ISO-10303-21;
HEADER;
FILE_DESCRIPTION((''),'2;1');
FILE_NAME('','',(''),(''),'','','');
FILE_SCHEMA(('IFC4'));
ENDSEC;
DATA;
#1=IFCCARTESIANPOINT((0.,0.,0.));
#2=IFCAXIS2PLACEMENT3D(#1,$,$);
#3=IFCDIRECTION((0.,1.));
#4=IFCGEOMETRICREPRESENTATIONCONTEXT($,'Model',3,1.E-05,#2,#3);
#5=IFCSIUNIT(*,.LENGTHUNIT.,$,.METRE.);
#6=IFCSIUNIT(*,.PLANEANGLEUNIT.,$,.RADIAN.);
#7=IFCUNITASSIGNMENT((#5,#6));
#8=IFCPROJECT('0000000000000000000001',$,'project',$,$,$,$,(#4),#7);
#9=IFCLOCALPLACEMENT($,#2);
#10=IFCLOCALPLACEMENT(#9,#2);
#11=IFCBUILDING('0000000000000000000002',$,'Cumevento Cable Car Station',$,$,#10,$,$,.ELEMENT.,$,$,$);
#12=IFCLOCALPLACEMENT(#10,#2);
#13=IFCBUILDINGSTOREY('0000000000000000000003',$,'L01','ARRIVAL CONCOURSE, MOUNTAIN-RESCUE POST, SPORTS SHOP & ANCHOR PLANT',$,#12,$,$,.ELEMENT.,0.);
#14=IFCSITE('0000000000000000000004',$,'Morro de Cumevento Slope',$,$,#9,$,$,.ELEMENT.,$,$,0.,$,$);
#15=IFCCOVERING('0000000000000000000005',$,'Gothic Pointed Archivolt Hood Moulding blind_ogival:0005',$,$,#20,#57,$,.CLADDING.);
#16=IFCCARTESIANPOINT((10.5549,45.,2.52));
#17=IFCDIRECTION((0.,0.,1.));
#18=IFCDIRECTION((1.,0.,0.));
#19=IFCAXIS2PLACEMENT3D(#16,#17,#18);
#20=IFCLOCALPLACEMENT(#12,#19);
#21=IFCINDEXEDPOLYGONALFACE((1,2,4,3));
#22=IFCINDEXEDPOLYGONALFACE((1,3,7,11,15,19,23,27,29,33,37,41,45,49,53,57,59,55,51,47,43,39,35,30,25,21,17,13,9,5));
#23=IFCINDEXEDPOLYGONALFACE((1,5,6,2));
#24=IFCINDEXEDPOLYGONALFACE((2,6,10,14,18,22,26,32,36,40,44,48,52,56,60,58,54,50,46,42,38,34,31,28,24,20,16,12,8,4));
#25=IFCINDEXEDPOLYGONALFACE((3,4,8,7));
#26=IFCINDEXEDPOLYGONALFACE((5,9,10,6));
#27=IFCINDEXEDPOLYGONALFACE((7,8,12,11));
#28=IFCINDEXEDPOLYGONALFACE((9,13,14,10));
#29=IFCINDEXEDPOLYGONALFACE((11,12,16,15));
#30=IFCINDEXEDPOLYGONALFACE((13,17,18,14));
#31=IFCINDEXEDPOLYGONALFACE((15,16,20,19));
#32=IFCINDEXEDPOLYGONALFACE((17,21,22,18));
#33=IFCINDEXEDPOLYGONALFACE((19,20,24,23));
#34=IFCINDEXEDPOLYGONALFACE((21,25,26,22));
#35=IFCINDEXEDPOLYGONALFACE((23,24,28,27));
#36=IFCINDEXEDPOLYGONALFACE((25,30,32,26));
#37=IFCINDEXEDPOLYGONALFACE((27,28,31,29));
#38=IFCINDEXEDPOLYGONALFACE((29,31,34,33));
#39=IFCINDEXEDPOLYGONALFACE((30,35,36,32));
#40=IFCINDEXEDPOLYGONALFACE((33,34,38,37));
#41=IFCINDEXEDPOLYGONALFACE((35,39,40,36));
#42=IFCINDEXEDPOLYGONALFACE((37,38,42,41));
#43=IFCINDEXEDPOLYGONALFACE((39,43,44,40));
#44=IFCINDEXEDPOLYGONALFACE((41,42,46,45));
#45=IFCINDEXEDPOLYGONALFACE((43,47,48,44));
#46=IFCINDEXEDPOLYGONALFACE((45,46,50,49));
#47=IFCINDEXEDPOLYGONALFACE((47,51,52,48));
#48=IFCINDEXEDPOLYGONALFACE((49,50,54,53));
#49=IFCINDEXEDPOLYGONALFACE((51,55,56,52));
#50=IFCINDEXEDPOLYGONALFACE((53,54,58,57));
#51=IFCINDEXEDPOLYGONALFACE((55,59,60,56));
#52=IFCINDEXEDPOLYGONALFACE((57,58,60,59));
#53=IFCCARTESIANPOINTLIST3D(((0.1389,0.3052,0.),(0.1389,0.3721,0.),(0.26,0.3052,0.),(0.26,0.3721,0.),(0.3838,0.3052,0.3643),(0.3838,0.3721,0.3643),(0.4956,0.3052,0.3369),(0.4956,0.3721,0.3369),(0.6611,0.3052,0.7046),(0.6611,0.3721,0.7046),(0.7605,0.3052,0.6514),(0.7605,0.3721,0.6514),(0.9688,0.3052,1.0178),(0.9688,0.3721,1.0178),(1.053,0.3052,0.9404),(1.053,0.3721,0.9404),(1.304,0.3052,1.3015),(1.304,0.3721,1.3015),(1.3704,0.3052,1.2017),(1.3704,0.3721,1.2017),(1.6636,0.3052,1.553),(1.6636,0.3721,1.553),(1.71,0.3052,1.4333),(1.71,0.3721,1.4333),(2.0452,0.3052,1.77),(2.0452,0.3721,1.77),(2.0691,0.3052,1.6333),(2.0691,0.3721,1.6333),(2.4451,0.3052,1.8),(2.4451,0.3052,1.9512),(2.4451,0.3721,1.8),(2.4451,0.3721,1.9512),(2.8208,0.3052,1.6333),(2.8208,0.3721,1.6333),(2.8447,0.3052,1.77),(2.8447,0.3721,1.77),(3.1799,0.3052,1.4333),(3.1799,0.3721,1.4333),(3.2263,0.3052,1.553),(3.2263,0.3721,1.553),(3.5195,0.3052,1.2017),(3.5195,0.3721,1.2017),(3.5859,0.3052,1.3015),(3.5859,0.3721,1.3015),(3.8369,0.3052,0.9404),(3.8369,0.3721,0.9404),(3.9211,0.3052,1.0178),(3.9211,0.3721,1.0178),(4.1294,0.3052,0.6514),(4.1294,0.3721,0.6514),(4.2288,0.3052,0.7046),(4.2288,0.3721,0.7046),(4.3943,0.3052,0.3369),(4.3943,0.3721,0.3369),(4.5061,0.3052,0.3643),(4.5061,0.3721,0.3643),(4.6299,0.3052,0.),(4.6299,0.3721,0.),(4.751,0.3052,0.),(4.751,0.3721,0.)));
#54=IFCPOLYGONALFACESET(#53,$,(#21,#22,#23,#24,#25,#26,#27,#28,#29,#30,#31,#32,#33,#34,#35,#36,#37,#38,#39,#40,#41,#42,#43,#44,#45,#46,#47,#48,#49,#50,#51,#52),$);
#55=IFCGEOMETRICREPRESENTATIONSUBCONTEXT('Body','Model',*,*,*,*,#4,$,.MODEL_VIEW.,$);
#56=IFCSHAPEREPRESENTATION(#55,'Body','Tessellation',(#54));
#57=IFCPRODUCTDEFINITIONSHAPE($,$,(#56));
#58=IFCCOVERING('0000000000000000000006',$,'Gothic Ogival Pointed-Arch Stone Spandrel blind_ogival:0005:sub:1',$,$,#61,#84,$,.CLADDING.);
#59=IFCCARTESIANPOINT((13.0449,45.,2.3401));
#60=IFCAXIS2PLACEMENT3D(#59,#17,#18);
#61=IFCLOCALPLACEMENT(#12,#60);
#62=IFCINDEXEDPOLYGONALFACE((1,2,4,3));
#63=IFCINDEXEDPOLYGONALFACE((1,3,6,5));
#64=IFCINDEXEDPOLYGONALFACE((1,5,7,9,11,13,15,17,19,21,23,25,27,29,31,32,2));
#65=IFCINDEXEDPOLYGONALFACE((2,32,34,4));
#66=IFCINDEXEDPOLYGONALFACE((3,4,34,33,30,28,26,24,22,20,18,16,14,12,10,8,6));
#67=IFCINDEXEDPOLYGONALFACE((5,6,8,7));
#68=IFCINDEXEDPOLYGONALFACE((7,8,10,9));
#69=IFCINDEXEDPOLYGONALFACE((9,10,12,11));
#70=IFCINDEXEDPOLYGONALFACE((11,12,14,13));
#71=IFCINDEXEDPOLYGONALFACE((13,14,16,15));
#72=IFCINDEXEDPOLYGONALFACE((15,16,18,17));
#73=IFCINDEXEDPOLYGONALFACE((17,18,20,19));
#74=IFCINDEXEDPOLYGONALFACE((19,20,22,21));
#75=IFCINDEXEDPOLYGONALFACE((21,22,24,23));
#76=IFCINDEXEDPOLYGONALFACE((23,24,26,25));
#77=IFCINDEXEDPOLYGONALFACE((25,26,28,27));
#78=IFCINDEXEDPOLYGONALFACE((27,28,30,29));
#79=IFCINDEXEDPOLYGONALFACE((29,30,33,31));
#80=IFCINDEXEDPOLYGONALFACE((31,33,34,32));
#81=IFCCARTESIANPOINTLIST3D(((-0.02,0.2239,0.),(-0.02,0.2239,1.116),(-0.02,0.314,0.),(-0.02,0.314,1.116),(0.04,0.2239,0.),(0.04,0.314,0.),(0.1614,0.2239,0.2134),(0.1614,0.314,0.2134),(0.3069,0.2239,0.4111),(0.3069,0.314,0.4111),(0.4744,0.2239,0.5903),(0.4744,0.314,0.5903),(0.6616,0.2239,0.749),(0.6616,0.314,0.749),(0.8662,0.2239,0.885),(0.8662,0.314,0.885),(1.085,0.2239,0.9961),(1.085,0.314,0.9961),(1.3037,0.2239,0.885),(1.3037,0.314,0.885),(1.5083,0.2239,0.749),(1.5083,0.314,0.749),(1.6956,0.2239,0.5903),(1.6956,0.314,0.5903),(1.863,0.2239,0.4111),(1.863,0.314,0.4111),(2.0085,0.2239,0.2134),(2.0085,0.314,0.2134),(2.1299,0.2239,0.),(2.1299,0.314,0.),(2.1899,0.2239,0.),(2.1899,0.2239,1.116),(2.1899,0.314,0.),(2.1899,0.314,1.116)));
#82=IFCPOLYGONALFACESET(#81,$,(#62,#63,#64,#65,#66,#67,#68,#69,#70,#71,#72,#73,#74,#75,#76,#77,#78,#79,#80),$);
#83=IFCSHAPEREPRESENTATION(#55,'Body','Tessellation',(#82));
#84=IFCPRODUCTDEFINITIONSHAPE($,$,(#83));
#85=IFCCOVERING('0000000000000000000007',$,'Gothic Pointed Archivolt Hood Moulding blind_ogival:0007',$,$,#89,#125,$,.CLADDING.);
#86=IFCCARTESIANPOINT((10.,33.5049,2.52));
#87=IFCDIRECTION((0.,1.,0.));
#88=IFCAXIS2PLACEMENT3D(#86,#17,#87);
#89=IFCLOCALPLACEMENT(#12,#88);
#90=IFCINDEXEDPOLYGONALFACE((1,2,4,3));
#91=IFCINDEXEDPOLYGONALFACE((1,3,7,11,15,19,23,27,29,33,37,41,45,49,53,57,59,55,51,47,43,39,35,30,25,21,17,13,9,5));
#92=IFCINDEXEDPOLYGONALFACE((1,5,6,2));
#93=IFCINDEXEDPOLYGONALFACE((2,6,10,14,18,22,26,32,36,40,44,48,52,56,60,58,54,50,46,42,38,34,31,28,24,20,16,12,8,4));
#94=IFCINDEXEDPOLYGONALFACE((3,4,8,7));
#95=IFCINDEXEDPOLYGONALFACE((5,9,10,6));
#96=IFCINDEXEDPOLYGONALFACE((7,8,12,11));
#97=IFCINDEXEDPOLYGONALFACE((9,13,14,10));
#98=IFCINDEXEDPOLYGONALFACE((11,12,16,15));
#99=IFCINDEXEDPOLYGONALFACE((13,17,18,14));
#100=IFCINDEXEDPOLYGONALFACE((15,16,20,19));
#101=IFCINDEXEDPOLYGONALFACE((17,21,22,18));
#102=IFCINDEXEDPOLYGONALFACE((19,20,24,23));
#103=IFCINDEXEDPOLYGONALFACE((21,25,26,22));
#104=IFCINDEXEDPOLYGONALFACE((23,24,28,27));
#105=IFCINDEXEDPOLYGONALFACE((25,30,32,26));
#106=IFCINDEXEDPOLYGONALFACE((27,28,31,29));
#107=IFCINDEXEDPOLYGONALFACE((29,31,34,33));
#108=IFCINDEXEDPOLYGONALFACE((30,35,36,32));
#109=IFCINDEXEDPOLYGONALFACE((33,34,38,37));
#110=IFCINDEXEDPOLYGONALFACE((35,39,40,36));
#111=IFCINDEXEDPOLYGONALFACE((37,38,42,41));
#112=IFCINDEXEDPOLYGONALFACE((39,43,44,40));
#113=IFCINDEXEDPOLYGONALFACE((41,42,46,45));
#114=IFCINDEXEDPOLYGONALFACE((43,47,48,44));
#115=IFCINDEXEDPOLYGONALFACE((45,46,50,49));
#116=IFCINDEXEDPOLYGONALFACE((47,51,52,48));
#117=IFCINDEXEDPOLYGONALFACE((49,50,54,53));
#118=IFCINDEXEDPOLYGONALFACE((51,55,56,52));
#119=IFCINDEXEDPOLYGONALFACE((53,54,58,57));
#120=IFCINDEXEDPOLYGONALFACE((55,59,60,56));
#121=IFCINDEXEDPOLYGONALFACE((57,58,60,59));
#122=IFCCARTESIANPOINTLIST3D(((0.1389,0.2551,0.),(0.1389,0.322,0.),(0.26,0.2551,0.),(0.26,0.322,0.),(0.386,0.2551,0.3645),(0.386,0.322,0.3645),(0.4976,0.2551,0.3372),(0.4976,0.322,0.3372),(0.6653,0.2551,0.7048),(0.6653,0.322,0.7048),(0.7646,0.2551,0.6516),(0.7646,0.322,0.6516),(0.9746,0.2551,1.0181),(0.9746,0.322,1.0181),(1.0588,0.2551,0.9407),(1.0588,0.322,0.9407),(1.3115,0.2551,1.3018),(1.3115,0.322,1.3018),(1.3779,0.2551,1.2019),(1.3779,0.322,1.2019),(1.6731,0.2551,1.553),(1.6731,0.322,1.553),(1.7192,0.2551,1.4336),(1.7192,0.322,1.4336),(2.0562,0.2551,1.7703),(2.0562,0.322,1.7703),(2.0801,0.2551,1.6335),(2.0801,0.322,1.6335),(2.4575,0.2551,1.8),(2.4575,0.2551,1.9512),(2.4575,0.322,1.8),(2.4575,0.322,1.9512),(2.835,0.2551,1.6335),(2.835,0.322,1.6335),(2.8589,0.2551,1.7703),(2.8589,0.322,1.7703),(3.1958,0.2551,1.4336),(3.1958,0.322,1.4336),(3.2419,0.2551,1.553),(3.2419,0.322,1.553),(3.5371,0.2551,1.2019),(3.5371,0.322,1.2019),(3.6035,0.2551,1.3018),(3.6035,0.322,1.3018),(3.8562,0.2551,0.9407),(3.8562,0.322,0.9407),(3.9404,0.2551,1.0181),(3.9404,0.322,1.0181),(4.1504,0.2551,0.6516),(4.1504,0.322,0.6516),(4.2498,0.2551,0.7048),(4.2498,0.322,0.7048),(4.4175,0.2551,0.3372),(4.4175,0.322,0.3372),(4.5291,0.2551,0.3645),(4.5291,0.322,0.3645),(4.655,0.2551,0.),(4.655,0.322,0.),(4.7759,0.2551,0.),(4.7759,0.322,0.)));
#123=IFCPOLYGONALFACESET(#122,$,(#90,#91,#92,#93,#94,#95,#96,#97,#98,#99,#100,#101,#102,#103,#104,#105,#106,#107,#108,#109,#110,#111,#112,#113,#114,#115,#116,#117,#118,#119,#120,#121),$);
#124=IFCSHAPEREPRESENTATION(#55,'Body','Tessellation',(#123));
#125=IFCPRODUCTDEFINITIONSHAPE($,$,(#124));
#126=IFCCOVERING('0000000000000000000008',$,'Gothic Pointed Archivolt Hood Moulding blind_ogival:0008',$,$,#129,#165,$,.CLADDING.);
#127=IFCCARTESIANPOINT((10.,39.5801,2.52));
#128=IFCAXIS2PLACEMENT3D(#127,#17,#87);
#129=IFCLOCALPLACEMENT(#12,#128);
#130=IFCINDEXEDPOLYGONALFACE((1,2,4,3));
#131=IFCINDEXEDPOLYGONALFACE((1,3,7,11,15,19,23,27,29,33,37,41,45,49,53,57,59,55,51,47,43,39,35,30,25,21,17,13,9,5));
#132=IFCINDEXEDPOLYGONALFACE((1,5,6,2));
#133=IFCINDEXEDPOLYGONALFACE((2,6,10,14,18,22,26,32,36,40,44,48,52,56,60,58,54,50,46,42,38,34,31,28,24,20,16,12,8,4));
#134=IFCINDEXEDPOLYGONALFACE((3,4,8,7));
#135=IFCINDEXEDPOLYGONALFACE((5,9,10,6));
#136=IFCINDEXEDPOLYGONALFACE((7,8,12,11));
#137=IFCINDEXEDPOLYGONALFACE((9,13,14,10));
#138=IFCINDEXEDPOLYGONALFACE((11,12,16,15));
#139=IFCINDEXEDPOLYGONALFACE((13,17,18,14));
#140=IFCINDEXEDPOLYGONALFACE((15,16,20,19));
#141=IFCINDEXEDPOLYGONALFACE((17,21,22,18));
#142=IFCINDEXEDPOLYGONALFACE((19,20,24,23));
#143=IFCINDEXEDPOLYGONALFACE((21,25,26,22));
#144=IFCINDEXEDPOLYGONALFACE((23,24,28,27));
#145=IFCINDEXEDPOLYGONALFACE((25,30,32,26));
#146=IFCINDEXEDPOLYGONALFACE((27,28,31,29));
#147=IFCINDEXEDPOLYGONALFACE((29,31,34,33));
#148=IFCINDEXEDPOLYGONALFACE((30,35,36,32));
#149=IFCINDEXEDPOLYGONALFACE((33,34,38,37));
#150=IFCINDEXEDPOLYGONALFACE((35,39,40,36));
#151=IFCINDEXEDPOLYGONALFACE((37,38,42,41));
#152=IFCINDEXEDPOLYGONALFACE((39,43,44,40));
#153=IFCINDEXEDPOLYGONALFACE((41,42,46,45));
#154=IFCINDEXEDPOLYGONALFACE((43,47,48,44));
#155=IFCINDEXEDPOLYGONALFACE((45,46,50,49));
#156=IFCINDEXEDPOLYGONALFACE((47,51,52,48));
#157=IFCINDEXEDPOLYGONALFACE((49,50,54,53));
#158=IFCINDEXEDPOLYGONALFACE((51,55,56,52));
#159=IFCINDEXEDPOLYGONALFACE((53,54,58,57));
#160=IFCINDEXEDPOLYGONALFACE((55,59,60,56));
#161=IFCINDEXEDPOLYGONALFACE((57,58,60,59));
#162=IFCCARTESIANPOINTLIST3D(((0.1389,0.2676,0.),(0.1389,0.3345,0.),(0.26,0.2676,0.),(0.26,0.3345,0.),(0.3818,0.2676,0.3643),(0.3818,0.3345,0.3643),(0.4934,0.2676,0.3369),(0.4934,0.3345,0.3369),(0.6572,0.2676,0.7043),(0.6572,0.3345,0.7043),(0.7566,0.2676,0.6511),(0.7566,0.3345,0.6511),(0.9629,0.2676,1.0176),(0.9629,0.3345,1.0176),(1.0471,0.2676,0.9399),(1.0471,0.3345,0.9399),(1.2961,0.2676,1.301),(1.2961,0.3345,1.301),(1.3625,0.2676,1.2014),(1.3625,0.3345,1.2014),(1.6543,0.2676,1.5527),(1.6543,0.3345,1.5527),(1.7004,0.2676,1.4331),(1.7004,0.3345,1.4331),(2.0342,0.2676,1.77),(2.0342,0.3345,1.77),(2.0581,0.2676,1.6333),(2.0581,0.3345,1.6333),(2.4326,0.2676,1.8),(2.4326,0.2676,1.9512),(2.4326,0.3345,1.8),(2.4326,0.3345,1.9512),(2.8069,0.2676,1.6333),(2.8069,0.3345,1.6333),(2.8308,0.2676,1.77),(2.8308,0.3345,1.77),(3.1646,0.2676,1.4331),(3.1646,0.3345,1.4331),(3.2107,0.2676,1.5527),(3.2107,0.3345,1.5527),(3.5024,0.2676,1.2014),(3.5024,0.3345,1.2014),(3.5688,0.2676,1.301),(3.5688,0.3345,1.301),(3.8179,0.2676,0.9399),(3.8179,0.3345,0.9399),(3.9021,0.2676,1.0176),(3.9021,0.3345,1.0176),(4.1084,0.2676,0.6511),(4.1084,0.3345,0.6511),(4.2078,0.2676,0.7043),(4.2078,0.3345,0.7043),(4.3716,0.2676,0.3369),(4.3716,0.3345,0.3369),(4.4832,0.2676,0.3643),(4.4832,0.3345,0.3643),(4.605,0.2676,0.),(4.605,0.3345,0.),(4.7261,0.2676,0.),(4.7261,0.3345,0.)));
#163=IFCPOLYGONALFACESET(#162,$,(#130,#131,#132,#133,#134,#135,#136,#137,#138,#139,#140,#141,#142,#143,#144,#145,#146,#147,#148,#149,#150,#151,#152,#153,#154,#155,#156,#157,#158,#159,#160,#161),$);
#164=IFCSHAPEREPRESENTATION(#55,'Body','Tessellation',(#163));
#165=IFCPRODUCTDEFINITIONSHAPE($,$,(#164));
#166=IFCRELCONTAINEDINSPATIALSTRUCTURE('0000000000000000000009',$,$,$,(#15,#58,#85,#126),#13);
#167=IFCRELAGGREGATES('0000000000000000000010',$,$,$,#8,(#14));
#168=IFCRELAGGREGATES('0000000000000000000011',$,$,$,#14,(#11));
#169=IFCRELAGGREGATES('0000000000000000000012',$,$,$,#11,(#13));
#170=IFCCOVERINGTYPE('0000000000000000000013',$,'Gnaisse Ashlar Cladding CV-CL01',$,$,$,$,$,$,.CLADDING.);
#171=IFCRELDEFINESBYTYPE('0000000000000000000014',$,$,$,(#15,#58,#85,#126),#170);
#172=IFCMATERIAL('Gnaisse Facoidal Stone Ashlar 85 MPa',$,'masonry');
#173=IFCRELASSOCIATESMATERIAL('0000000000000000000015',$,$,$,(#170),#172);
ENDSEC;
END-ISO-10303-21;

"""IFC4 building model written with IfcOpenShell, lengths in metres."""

from ifc_helpers import new_model, si_unit, direction, frame, origin, place, context, subcontext, project, spatial, polyline, outline, extrude, material, type_object, element, save


model = new_model("IFC4")

# Units and contexts
model_context = context("Model", 3, precision=1e-05, world=origin(), true_north=direction((0.0, 1.0)))
body_context = subcontext(model_context, "Body", "Model", "MODEL_VIEW")
ifc_project = project(units=[si_unit("LENGTHUNIT", "METRE"), si_unit("PLANEANGLEUNIT", "RADIAN")], contexts=[model_context])

# Site, building, storey
site_placement = place(None, origin())
site = spatial("IfcSite", under=ifc_project, at=site_placement, Name="Morro de Cumevento Slope", CompositionType="ELEMENT", RefElevation=0.0)
building_placement = place(site_placement, origin())
building = spatial("IfcBuilding", under=site, at=building_placement, Name="Cumevento Cable Car Station", CompositionType="ELEMENT")
storey_placement = place(building_placement, origin())
storey = spatial("IfcBuildingStorey", under=building, at=storey_placement, Name="L01", Description="ARRIVAL CONCOURSE, MOUNTAIN-RESCUE POST, SPORTS SHOP & ANCHOR PLANT", CompositionType="ELEMENT", Elevation=0.0)

# Coverings
ifc_material_1 = material(Name="Gnaisse Facoidal Stone Ashlar 85 MPa", Category="masonry")
covering_type = type_object("IfcCoveringType", Name="Gnaisse Ashlar Cladding CV-CL01", PredefinedType="CLADDING", material=ifc_material_1)
covering_1_placement = place(storey_placement, frame((10.5549, 45.0, 2.52), z_axis=(0.0, 0.0, 1.0), x_axis=(1.0, 0.0, 0.0)))
element("IfcCovering", 1, at=covering_1_placement, inside=storey, type_object=covering_type, Name="Gothic Pointed Archivolt Hood Moulding blind_ogival:0005", PredefinedType="CLADDING", context=body_context, shape_type="SweptSolid", body=[
    extrude(outline(polyline([(0.26, 0.0), (0.4956, 0.3369), (0.7605, 0.6514), (1.053, 0.9404), (1.3704, 1.2017), (1.71, 1.4333), (2.0691, 1.6333), (2.4451, 1.8), (2.8208, 1.6333), (3.1799, 1.4333), (3.5195, 1.2017), (3.8369, 0.9404), (4.1294, 0.6514), (4.3943, 0.3369), (4.6299, 0.0), (4.751, 0.0), (4.5061, 0.3643), (4.2288, 0.7046), (3.9211, 1.0178), (3.5859, 1.3015), (3.2263, 1.553), (2.8447, 1.77), (2.4451, 1.9512), (2.0452, 1.77), (1.6636, 1.553), (1.304, 1.3015), (0.9688, 1.0178), (0.6611, 0.7046), (0.3838, 0.3643), (0.1389, 0.0), (0.26, 0.0)])), frame((0.0, 0.3721, 0.0), z_axis=(0.0, -1.0, 0.0), x_axis=(1.0, 0.0, 0.0)), (0.0, 0.0, 1.0), 0.0669),
])
covering_2_placement = place(storey_placement, frame((13.0449, 45.0, 2.3401), z_axis=(0.0, 0.0, 1.0), x_axis=(1.0, 0.0, 0.0)))
element("IfcCovering", 2, at=covering_2_placement, inside=storey, type_object=covering_type, Name="Gothic Ogival Pointed-Arch Stone Spandrel blind_ogival:0005:sub:1", PredefinedType="CLADDING", context=body_context, shape_type="SweptSolid", body=[
    extrude(outline(polyline([(-0.02, 0.0), (-0.02, 1.116), (2.1899, 1.116), (2.1899, 0.0), (2.1299, 0.0), (2.0085, 0.2134), (1.863, 0.4111), (1.6956, 0.5903), (1.5083, 0.749), (1.3037, 0.885), (1.085, 0.9961), (0.8662, 0.885), (0.6616, 0.749), (0.4744, 0.5903), (0.3069, 0.4111), (0.1614, 0.2134), (0.04, 0.0), (-0.02, 0.0)])), frame((0.0, 0.314, 0.0), z_axis=(0.0, -1.0, 0.0), x_axis=(1.0, 0.0, 0.0)), (0.0, 0.0, 1.0), 0.0901),
])
covering_3_placement = place(storey_placement, frame((10.0, 33.5049, 2.52), z_axis=(0.0, 0.0, 1.0), x_axis=(0.0, 1.0, 0.0)))
element("IfcCovering", 3, at=covering_3_placement, inside=storey, type_object=covering_type, Name="Gothic Pointed Archivolt Hood Moulding blind_ogival:0007", PredefinedType="CLADDING", context=body_context, shape_type="SweptSolid", body=[
    extrude(outline(polyline([(0.26, 0.0), (0.4976, 0.3372), (0.7646, 0.6516), (1.0588, 0.9407), (1.3779, 1.2019), (1.7192, 1.4336), (2.0801, 1.6335), (2.4575, 1.8), (2.835, 1.6335), (3.1958, 1.4336), (3.5371, 1.2019), (3.8562, 0.9407), (4.1504, 0.6516), (4.4175, 0.3372), (4.655, 0.0), (4.7759, 0.0), (4.5291, 0.3645), (4.2498, 0.7048), (3.9404, 1.0181), (3.6035, 1.3018), (3.2419, 1.553), (2.8589, 1.7703), (2.4575, 1.9512), (2.0562, 1.7703), (1.6731, 1.553), (1.3115, 1.3018), (0.9746, 1.0181), (0.6653, 0.7048), (0.386, 0.3645), (0.1389, 0.0), (0.26, 0.0)])), frame((0.0, 0.322, 0.0), z_axis=(0.0, -1.0, 0.0), x_axis=(1.0, 0.0, 0.0)), (0.0, 0.0, 1.0), 0.0669),
])
covering_4_placement = place(storey_placement, frame((10.0, 39.5801, 2.52), z_axis=(0.0, 0.0, 1.0), x_axis=(0.0, 1.0, 0.0)))
element("IfcCovering", 4, at=covering_4_placement, inside=storey, type_object=covering_type, Name="Gothic Pointed Archivolt Hood Moulding blind_ogival:0008", PredefinedType="CLADDING", context=body_context, shape_type="SweptSolid", body=[
    extrude(outline(polyline([(0.26, 0.0), (0.4934, 0.3369), (0.7566, 0.6511), (1.0471, 0.9399), (1.3625, 1.2014), (1.7004, 1.4331), (2.0581, 1.6333), (2.4326, 1.8), (2.8069, 1.6333), (3.1646, 1.4331), (3.5024, 1.2014), (3.8179, 0.9399), (4.1084, 0.6511), (4.3716, 0.3369), (4.605, 0.0), (4.7261, 0.0), (4.4832, 0.3643), (4.2078, 0.7043), (3.9021, 1.0176), (3.5688, 1.301), (3.2107, 1.5527), (2.8308, 1.77), (2.4326, 1.9512), (2.0342, 1.77), (1.6543, 1.5527), (1.2961, 1.301), (0.9629, 1.0176), (0.6572, 0.7043), (0.3818, 0.3643), (0.1389, 0.0), (0.26, 0.0)])), frame((0.0, 0.3345, 0.0), z_axis=(0.0, -1.0, 0.0), x_axis=(1.0, 0.0, 0.0)), (0.0, 0.0, 1.0), 0.0669),
])

save(model, "model.ifc")
